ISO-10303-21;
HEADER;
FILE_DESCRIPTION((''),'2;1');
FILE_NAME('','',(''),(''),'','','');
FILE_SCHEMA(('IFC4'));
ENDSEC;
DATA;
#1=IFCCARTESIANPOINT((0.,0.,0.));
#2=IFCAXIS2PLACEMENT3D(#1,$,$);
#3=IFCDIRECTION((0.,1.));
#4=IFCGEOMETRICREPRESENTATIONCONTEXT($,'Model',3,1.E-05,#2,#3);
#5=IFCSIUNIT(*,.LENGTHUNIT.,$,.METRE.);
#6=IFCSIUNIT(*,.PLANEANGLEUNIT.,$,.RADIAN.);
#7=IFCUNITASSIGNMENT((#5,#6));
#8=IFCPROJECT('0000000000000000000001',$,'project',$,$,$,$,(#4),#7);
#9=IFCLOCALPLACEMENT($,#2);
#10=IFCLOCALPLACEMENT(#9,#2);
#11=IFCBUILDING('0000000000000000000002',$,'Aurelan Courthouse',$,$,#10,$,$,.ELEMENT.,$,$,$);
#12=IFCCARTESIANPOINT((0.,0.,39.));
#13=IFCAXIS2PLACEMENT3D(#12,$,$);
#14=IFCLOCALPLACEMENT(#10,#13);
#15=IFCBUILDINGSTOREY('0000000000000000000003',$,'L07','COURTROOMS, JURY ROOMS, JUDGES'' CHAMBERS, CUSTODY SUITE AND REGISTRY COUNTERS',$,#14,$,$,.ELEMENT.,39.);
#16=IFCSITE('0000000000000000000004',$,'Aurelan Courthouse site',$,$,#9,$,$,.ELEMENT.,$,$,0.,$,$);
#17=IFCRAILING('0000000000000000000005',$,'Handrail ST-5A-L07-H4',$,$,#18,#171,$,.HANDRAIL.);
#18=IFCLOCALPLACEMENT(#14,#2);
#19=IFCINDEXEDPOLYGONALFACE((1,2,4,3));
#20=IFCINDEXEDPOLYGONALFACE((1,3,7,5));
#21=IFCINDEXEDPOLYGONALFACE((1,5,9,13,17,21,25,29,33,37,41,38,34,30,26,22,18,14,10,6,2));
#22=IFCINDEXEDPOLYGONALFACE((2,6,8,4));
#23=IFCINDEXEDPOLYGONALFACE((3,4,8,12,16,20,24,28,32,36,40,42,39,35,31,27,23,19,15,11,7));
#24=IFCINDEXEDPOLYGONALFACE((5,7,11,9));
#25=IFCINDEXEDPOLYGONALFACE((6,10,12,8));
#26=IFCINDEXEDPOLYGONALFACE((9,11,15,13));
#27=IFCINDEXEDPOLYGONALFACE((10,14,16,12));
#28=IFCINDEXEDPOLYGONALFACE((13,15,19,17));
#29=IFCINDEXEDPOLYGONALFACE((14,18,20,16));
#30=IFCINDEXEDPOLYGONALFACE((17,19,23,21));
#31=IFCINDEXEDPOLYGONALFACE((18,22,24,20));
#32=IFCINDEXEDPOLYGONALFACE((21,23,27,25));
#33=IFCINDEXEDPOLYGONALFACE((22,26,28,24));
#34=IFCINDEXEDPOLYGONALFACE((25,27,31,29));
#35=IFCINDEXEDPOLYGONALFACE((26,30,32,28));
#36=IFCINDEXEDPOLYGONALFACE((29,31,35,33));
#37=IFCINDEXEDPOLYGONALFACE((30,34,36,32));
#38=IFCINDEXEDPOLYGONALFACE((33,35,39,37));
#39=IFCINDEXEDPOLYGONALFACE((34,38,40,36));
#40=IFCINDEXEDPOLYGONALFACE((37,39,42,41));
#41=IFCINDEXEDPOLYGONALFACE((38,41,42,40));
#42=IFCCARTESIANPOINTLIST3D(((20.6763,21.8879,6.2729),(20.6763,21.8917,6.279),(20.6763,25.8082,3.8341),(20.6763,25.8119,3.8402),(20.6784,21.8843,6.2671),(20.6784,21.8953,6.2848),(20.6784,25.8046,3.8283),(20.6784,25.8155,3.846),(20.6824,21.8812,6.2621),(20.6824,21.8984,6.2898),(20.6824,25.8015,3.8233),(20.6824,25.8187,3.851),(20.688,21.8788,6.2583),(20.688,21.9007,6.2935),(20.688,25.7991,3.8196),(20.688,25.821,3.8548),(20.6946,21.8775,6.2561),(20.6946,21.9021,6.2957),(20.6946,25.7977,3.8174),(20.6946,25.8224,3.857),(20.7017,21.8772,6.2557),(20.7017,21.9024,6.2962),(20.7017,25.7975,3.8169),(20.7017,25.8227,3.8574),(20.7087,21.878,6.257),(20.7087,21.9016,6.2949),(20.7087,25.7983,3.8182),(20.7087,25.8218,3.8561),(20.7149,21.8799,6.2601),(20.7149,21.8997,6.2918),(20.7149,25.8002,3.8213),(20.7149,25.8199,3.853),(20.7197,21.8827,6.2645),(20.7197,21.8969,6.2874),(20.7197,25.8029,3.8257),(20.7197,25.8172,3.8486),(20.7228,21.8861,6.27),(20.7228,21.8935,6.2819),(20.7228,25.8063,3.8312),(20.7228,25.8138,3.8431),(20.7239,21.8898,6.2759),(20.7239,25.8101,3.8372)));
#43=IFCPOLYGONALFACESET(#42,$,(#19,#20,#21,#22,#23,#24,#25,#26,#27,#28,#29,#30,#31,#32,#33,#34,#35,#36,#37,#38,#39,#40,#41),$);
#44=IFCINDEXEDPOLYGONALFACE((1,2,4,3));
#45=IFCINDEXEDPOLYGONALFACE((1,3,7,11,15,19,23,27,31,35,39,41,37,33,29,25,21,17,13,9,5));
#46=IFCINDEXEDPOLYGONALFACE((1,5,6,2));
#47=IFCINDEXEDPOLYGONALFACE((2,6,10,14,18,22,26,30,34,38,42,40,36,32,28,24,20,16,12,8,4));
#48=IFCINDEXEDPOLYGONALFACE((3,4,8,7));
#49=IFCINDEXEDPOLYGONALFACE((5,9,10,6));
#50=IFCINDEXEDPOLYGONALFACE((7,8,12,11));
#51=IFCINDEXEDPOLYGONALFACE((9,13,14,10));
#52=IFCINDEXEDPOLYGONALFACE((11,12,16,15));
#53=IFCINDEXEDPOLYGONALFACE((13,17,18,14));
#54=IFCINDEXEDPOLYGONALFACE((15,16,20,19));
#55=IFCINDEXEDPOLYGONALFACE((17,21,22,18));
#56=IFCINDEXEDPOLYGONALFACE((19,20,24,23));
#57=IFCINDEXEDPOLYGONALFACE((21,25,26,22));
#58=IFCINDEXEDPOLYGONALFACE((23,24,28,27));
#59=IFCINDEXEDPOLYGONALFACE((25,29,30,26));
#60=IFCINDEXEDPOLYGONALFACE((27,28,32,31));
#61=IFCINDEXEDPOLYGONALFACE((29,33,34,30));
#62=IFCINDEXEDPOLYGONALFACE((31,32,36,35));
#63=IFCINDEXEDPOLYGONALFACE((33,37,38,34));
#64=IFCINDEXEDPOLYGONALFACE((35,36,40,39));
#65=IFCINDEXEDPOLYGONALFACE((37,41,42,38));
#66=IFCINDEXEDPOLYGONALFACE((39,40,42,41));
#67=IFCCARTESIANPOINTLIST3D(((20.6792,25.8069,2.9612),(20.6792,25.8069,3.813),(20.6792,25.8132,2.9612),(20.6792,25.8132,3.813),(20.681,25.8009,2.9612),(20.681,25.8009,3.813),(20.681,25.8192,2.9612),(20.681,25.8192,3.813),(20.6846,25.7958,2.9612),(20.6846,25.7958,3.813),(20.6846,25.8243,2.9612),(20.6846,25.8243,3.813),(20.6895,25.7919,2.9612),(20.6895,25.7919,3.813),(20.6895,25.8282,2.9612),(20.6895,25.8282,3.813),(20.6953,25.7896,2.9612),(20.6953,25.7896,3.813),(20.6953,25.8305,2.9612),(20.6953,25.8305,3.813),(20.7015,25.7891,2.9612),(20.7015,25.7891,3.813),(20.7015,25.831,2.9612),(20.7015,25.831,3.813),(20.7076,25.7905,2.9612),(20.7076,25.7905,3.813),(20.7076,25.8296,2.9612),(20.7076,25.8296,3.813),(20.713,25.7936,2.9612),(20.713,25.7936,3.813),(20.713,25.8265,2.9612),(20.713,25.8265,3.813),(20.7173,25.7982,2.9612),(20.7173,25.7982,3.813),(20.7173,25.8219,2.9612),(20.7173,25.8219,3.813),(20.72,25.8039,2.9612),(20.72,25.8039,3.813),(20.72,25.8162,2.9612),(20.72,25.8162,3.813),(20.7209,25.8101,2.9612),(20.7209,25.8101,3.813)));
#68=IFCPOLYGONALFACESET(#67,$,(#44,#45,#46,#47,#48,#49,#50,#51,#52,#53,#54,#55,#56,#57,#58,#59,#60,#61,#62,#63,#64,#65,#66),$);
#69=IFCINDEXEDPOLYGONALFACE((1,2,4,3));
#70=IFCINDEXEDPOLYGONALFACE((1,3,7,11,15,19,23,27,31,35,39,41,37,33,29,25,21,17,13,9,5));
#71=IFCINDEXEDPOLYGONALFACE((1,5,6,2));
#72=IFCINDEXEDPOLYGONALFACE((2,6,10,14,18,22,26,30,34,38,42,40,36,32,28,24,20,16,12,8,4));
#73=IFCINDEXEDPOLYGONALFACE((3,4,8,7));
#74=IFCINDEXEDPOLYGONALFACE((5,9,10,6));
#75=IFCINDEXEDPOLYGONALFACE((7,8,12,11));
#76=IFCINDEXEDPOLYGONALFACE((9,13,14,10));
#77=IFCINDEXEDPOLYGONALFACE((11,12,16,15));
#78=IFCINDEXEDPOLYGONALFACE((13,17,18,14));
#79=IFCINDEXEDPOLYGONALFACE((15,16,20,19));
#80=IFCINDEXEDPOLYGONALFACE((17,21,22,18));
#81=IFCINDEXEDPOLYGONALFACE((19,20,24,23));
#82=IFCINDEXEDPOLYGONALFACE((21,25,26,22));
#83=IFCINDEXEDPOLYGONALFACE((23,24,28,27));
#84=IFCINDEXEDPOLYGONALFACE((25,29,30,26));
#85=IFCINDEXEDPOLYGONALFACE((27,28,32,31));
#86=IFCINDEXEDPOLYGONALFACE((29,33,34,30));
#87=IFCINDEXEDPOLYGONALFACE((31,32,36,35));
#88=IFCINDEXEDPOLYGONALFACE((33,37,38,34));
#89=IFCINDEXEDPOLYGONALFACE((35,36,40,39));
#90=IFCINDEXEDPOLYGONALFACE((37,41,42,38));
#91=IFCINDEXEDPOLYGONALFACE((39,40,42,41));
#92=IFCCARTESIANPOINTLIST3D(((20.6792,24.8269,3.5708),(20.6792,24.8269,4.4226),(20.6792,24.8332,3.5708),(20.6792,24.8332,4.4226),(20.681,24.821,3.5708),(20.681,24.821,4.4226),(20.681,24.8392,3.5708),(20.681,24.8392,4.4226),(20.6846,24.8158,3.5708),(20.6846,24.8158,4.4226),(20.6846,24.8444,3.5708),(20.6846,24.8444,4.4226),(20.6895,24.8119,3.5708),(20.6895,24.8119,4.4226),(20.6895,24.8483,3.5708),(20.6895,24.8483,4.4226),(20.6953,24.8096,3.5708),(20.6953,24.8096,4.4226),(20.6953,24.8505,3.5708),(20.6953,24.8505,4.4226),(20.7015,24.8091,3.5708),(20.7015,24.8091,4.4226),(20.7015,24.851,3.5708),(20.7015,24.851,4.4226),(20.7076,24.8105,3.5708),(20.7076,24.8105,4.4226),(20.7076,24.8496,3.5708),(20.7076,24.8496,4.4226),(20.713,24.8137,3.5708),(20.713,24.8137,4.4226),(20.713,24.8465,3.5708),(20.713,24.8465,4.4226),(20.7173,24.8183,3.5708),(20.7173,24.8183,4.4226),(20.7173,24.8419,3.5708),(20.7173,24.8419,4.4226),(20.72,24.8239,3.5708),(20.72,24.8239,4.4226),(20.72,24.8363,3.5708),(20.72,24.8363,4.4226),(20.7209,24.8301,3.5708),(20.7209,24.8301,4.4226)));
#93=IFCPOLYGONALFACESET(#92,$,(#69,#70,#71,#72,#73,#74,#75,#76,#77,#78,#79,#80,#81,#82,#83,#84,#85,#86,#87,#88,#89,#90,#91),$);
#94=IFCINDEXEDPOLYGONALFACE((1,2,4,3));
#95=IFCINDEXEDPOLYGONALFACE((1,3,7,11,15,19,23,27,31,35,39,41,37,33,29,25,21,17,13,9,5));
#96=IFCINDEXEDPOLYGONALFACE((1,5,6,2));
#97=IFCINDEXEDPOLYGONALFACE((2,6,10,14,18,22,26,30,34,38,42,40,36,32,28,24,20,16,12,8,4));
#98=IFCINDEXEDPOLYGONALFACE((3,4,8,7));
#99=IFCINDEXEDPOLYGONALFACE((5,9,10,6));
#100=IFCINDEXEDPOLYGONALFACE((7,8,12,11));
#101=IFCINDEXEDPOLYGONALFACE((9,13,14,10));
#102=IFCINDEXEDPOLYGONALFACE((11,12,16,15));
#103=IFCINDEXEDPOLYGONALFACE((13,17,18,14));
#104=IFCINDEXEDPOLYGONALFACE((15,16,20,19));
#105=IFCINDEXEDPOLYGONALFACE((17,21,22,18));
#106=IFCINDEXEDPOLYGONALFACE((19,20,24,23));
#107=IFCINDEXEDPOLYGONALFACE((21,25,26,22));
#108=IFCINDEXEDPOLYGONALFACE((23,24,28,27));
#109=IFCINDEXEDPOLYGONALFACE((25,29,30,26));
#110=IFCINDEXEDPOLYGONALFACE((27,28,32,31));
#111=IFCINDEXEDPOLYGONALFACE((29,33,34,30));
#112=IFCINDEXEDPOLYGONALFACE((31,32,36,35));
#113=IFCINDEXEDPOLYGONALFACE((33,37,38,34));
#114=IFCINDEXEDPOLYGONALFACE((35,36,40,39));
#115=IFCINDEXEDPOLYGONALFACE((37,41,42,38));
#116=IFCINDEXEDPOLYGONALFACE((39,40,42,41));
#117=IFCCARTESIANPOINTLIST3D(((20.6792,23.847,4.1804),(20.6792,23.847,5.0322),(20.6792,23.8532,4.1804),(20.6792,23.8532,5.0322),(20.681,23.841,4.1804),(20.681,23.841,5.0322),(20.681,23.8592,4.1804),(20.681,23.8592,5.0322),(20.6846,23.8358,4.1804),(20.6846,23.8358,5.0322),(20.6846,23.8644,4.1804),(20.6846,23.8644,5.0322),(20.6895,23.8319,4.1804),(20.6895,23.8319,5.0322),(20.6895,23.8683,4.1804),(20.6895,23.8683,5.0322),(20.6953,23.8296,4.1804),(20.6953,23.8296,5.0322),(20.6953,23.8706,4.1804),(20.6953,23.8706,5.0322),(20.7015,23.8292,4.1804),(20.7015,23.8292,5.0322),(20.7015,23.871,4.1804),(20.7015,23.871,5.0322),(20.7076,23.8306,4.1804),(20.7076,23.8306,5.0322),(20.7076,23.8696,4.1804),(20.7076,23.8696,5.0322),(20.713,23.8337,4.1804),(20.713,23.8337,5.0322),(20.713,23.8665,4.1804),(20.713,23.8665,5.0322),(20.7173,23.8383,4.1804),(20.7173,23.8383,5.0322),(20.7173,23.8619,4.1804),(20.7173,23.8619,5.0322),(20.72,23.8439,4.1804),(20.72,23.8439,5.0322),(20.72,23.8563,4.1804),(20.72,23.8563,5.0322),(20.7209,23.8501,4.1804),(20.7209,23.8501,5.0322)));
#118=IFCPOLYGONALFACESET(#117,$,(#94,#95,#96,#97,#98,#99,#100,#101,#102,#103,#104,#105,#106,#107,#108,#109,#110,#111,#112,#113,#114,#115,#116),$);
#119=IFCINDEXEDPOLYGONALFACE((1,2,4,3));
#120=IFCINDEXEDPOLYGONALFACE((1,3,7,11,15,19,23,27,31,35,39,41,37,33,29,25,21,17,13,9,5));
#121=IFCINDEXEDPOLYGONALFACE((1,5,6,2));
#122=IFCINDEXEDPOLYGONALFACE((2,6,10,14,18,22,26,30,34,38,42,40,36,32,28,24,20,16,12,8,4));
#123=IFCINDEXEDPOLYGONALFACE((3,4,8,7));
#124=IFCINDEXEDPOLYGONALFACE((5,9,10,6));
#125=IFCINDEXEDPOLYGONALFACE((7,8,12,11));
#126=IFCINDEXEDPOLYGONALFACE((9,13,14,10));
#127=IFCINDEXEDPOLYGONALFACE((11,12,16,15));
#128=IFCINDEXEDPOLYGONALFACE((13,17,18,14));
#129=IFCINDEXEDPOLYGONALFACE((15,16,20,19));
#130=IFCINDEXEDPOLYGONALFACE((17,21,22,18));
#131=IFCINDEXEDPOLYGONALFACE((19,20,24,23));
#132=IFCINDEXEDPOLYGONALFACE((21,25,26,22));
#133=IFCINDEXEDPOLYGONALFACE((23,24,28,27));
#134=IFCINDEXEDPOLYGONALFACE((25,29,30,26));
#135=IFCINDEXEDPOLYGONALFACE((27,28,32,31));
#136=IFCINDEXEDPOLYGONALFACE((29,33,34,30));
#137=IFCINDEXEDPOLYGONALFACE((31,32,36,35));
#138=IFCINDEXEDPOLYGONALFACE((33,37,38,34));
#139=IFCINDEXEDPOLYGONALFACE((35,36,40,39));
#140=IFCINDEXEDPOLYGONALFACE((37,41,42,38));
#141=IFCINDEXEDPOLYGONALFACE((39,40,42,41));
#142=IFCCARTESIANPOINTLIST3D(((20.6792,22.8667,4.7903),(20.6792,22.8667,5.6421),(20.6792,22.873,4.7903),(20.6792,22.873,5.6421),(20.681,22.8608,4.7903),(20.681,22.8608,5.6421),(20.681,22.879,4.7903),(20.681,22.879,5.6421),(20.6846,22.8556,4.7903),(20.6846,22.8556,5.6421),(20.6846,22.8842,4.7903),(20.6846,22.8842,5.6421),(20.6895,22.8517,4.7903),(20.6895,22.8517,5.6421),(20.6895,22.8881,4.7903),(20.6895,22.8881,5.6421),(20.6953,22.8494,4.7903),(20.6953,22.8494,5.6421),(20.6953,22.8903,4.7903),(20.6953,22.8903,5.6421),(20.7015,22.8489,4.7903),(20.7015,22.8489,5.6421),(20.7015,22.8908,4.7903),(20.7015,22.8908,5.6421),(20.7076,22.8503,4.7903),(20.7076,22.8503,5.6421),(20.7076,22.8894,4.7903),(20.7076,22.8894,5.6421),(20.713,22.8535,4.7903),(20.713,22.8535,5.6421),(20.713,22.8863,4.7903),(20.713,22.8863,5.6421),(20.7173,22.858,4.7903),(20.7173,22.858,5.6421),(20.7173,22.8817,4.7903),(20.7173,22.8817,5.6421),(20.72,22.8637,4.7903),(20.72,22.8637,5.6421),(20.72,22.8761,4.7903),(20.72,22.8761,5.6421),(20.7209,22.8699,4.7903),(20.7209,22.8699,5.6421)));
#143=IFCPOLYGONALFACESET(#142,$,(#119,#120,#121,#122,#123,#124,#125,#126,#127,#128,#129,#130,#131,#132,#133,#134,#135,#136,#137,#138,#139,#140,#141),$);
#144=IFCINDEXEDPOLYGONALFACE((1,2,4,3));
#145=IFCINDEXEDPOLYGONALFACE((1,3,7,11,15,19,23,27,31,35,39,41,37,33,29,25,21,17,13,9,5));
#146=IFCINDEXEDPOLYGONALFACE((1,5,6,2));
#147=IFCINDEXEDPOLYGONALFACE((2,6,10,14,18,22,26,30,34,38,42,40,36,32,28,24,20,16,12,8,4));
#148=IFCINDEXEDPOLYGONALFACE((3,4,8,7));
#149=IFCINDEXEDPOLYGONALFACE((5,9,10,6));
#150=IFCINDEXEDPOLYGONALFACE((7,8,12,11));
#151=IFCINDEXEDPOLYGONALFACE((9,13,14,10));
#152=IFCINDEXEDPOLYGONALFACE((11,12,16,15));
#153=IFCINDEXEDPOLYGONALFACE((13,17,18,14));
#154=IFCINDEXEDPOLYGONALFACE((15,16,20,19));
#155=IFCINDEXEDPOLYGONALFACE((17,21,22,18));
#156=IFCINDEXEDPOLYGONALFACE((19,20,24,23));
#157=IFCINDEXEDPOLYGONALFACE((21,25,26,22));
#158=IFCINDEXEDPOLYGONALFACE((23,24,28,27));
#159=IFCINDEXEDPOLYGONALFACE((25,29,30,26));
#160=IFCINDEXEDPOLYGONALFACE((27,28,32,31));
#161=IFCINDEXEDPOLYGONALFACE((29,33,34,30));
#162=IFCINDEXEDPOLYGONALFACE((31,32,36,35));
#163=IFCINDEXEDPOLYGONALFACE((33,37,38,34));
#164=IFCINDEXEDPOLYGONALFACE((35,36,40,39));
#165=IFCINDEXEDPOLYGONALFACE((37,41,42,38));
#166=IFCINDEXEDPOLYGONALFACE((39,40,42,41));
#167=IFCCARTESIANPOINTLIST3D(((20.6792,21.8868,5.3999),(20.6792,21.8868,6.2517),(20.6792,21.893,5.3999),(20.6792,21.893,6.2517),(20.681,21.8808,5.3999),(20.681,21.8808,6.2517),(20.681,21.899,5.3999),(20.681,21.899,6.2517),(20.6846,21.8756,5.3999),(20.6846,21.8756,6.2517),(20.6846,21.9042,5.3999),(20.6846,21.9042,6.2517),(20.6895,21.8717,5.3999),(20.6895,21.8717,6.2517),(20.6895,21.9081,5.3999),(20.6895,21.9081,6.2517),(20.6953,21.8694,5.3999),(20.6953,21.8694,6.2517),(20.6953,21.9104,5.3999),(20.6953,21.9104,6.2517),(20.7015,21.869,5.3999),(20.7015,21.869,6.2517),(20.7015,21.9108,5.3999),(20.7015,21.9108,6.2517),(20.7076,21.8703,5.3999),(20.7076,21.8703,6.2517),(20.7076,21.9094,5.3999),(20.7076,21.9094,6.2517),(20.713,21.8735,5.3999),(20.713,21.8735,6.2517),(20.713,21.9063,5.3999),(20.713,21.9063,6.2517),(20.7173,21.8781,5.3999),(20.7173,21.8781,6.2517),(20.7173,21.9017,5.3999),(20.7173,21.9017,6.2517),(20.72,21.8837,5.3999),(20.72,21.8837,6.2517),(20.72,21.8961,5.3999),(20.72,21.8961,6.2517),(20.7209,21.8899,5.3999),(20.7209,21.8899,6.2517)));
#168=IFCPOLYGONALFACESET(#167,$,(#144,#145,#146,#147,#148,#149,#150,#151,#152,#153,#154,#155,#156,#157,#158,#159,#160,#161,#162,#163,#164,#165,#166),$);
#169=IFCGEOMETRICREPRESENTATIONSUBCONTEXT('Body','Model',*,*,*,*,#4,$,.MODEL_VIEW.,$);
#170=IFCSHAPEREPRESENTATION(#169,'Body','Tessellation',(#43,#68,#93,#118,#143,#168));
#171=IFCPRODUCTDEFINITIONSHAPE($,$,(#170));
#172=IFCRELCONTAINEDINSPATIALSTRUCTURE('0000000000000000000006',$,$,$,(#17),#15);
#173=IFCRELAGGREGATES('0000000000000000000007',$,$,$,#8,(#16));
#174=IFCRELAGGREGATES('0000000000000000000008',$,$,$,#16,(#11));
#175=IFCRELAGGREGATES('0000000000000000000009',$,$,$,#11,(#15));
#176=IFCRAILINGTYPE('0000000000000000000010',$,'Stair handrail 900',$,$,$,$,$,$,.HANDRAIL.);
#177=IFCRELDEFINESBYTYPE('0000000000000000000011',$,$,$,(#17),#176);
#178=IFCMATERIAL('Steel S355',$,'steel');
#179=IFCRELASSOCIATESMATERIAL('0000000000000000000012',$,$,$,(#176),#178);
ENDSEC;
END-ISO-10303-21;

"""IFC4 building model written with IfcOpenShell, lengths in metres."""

from ifc_helpers import new_model, si_unit, direction, frame, origin, origin_2d, place, context, subcontext, project, spatial, circle, extrude, material, type_object, element, save


model = new_model("IFC4")

# Units and contexts
model_context = context("Model", 3, precision=1e-05, world=origin(), true_north=direction((0.0, 1.0)))
body_context = subcontext(model_context, "Body", "Model", "MODEL_VIEW")
ifc_project = project(units=[si_unit("LENGTHUNIT", "METRE"), si_unit("PLANEANGLEUNIT", "RADIAN")], contexts=[model_context])

# Site, building, storey
site_placement = place(None, origin())
site = spatial("IfcSite", under=ifc_project, at=site_placement, Name="Aurelan Courthouse site", CompositionType="ELEMENT", RefElevation=0.0)
building_placement = place(site_placement, origin())
building = spatial("IfcBuilding", under=site, at=building_placement, Name="Aurelan Courthouse", CompositionType="ELEMENT")
storey_placement = place(building_placement, frame((0.0, 0.0, 39.0)))
storey = spatial("IfcBuildingStorey", under=building, at=storey_placement, Name="L07", Description="COURTROOMS, JURY ROOMS, JUDGES' CHAMBERS, CUSTODY SUITE AND REGISTRY COUNTERS", CompositionType="ELEMENT", Elevation=39.0)

# Railing
ifc_material_1 = material(Name="Steel S355", Category="steel")
railing_type_1 = type_object("IfcRailingType", Name="Stair handrail 900", PredefinedType="HANDRAIL", material=ifc_material_1)
for number, where, name in (
    (1, (20.7, 25.8101, 2.9612), "Handrail ST-5A-L07-H4"),
):
    element("IfcRailing", number, at=place(storey_placement, frame(where)), inside=storey, type_object=railing_type_1, Name=name, PredefinedType="HANDRAIL", context=body_context, shape_type="SweptSolid", body=[
        extrude(circle(Radius=0.0239, at=origin_2d()), frame((0.0, 0.0, 0.876), z_axis=(0.0, -0.849105, 0.528225), x_axis=(1.0, 0.0, 0.0)), (0.0, 0.0, 1.0), 4.6169),
        extrude(circle(Radius=0.021, at=origin_2d()), origin(), (0.0, 0.0, 1.0), 0.8518),
        extrude(circle(Radius=0.021, at=origin_2d()), frame((0.0, -0.98, 0.6096)), (0.0, 0.0, 1.0), 0.8518),
        extrude(circle(Radius=0.021, at=origin_2d()), frame((0.0, -1.96, 1.2192)), (0.0, 0.0, 1.0), 0.8518),
        extrude(circle(Radius=0.021, at=origin_2d()), frame((0.0, -2.9402, 1.8291)), (0.0, 0.0, 1.0), 0.8518),
        extrude(circle(Radius=0.021, at=origin_2d()), frame((0.0, -3.9202, 2.4387)), (0.0, 0.0, 1.0), 0.8518),
    ])

save(model, "model.ifc")
